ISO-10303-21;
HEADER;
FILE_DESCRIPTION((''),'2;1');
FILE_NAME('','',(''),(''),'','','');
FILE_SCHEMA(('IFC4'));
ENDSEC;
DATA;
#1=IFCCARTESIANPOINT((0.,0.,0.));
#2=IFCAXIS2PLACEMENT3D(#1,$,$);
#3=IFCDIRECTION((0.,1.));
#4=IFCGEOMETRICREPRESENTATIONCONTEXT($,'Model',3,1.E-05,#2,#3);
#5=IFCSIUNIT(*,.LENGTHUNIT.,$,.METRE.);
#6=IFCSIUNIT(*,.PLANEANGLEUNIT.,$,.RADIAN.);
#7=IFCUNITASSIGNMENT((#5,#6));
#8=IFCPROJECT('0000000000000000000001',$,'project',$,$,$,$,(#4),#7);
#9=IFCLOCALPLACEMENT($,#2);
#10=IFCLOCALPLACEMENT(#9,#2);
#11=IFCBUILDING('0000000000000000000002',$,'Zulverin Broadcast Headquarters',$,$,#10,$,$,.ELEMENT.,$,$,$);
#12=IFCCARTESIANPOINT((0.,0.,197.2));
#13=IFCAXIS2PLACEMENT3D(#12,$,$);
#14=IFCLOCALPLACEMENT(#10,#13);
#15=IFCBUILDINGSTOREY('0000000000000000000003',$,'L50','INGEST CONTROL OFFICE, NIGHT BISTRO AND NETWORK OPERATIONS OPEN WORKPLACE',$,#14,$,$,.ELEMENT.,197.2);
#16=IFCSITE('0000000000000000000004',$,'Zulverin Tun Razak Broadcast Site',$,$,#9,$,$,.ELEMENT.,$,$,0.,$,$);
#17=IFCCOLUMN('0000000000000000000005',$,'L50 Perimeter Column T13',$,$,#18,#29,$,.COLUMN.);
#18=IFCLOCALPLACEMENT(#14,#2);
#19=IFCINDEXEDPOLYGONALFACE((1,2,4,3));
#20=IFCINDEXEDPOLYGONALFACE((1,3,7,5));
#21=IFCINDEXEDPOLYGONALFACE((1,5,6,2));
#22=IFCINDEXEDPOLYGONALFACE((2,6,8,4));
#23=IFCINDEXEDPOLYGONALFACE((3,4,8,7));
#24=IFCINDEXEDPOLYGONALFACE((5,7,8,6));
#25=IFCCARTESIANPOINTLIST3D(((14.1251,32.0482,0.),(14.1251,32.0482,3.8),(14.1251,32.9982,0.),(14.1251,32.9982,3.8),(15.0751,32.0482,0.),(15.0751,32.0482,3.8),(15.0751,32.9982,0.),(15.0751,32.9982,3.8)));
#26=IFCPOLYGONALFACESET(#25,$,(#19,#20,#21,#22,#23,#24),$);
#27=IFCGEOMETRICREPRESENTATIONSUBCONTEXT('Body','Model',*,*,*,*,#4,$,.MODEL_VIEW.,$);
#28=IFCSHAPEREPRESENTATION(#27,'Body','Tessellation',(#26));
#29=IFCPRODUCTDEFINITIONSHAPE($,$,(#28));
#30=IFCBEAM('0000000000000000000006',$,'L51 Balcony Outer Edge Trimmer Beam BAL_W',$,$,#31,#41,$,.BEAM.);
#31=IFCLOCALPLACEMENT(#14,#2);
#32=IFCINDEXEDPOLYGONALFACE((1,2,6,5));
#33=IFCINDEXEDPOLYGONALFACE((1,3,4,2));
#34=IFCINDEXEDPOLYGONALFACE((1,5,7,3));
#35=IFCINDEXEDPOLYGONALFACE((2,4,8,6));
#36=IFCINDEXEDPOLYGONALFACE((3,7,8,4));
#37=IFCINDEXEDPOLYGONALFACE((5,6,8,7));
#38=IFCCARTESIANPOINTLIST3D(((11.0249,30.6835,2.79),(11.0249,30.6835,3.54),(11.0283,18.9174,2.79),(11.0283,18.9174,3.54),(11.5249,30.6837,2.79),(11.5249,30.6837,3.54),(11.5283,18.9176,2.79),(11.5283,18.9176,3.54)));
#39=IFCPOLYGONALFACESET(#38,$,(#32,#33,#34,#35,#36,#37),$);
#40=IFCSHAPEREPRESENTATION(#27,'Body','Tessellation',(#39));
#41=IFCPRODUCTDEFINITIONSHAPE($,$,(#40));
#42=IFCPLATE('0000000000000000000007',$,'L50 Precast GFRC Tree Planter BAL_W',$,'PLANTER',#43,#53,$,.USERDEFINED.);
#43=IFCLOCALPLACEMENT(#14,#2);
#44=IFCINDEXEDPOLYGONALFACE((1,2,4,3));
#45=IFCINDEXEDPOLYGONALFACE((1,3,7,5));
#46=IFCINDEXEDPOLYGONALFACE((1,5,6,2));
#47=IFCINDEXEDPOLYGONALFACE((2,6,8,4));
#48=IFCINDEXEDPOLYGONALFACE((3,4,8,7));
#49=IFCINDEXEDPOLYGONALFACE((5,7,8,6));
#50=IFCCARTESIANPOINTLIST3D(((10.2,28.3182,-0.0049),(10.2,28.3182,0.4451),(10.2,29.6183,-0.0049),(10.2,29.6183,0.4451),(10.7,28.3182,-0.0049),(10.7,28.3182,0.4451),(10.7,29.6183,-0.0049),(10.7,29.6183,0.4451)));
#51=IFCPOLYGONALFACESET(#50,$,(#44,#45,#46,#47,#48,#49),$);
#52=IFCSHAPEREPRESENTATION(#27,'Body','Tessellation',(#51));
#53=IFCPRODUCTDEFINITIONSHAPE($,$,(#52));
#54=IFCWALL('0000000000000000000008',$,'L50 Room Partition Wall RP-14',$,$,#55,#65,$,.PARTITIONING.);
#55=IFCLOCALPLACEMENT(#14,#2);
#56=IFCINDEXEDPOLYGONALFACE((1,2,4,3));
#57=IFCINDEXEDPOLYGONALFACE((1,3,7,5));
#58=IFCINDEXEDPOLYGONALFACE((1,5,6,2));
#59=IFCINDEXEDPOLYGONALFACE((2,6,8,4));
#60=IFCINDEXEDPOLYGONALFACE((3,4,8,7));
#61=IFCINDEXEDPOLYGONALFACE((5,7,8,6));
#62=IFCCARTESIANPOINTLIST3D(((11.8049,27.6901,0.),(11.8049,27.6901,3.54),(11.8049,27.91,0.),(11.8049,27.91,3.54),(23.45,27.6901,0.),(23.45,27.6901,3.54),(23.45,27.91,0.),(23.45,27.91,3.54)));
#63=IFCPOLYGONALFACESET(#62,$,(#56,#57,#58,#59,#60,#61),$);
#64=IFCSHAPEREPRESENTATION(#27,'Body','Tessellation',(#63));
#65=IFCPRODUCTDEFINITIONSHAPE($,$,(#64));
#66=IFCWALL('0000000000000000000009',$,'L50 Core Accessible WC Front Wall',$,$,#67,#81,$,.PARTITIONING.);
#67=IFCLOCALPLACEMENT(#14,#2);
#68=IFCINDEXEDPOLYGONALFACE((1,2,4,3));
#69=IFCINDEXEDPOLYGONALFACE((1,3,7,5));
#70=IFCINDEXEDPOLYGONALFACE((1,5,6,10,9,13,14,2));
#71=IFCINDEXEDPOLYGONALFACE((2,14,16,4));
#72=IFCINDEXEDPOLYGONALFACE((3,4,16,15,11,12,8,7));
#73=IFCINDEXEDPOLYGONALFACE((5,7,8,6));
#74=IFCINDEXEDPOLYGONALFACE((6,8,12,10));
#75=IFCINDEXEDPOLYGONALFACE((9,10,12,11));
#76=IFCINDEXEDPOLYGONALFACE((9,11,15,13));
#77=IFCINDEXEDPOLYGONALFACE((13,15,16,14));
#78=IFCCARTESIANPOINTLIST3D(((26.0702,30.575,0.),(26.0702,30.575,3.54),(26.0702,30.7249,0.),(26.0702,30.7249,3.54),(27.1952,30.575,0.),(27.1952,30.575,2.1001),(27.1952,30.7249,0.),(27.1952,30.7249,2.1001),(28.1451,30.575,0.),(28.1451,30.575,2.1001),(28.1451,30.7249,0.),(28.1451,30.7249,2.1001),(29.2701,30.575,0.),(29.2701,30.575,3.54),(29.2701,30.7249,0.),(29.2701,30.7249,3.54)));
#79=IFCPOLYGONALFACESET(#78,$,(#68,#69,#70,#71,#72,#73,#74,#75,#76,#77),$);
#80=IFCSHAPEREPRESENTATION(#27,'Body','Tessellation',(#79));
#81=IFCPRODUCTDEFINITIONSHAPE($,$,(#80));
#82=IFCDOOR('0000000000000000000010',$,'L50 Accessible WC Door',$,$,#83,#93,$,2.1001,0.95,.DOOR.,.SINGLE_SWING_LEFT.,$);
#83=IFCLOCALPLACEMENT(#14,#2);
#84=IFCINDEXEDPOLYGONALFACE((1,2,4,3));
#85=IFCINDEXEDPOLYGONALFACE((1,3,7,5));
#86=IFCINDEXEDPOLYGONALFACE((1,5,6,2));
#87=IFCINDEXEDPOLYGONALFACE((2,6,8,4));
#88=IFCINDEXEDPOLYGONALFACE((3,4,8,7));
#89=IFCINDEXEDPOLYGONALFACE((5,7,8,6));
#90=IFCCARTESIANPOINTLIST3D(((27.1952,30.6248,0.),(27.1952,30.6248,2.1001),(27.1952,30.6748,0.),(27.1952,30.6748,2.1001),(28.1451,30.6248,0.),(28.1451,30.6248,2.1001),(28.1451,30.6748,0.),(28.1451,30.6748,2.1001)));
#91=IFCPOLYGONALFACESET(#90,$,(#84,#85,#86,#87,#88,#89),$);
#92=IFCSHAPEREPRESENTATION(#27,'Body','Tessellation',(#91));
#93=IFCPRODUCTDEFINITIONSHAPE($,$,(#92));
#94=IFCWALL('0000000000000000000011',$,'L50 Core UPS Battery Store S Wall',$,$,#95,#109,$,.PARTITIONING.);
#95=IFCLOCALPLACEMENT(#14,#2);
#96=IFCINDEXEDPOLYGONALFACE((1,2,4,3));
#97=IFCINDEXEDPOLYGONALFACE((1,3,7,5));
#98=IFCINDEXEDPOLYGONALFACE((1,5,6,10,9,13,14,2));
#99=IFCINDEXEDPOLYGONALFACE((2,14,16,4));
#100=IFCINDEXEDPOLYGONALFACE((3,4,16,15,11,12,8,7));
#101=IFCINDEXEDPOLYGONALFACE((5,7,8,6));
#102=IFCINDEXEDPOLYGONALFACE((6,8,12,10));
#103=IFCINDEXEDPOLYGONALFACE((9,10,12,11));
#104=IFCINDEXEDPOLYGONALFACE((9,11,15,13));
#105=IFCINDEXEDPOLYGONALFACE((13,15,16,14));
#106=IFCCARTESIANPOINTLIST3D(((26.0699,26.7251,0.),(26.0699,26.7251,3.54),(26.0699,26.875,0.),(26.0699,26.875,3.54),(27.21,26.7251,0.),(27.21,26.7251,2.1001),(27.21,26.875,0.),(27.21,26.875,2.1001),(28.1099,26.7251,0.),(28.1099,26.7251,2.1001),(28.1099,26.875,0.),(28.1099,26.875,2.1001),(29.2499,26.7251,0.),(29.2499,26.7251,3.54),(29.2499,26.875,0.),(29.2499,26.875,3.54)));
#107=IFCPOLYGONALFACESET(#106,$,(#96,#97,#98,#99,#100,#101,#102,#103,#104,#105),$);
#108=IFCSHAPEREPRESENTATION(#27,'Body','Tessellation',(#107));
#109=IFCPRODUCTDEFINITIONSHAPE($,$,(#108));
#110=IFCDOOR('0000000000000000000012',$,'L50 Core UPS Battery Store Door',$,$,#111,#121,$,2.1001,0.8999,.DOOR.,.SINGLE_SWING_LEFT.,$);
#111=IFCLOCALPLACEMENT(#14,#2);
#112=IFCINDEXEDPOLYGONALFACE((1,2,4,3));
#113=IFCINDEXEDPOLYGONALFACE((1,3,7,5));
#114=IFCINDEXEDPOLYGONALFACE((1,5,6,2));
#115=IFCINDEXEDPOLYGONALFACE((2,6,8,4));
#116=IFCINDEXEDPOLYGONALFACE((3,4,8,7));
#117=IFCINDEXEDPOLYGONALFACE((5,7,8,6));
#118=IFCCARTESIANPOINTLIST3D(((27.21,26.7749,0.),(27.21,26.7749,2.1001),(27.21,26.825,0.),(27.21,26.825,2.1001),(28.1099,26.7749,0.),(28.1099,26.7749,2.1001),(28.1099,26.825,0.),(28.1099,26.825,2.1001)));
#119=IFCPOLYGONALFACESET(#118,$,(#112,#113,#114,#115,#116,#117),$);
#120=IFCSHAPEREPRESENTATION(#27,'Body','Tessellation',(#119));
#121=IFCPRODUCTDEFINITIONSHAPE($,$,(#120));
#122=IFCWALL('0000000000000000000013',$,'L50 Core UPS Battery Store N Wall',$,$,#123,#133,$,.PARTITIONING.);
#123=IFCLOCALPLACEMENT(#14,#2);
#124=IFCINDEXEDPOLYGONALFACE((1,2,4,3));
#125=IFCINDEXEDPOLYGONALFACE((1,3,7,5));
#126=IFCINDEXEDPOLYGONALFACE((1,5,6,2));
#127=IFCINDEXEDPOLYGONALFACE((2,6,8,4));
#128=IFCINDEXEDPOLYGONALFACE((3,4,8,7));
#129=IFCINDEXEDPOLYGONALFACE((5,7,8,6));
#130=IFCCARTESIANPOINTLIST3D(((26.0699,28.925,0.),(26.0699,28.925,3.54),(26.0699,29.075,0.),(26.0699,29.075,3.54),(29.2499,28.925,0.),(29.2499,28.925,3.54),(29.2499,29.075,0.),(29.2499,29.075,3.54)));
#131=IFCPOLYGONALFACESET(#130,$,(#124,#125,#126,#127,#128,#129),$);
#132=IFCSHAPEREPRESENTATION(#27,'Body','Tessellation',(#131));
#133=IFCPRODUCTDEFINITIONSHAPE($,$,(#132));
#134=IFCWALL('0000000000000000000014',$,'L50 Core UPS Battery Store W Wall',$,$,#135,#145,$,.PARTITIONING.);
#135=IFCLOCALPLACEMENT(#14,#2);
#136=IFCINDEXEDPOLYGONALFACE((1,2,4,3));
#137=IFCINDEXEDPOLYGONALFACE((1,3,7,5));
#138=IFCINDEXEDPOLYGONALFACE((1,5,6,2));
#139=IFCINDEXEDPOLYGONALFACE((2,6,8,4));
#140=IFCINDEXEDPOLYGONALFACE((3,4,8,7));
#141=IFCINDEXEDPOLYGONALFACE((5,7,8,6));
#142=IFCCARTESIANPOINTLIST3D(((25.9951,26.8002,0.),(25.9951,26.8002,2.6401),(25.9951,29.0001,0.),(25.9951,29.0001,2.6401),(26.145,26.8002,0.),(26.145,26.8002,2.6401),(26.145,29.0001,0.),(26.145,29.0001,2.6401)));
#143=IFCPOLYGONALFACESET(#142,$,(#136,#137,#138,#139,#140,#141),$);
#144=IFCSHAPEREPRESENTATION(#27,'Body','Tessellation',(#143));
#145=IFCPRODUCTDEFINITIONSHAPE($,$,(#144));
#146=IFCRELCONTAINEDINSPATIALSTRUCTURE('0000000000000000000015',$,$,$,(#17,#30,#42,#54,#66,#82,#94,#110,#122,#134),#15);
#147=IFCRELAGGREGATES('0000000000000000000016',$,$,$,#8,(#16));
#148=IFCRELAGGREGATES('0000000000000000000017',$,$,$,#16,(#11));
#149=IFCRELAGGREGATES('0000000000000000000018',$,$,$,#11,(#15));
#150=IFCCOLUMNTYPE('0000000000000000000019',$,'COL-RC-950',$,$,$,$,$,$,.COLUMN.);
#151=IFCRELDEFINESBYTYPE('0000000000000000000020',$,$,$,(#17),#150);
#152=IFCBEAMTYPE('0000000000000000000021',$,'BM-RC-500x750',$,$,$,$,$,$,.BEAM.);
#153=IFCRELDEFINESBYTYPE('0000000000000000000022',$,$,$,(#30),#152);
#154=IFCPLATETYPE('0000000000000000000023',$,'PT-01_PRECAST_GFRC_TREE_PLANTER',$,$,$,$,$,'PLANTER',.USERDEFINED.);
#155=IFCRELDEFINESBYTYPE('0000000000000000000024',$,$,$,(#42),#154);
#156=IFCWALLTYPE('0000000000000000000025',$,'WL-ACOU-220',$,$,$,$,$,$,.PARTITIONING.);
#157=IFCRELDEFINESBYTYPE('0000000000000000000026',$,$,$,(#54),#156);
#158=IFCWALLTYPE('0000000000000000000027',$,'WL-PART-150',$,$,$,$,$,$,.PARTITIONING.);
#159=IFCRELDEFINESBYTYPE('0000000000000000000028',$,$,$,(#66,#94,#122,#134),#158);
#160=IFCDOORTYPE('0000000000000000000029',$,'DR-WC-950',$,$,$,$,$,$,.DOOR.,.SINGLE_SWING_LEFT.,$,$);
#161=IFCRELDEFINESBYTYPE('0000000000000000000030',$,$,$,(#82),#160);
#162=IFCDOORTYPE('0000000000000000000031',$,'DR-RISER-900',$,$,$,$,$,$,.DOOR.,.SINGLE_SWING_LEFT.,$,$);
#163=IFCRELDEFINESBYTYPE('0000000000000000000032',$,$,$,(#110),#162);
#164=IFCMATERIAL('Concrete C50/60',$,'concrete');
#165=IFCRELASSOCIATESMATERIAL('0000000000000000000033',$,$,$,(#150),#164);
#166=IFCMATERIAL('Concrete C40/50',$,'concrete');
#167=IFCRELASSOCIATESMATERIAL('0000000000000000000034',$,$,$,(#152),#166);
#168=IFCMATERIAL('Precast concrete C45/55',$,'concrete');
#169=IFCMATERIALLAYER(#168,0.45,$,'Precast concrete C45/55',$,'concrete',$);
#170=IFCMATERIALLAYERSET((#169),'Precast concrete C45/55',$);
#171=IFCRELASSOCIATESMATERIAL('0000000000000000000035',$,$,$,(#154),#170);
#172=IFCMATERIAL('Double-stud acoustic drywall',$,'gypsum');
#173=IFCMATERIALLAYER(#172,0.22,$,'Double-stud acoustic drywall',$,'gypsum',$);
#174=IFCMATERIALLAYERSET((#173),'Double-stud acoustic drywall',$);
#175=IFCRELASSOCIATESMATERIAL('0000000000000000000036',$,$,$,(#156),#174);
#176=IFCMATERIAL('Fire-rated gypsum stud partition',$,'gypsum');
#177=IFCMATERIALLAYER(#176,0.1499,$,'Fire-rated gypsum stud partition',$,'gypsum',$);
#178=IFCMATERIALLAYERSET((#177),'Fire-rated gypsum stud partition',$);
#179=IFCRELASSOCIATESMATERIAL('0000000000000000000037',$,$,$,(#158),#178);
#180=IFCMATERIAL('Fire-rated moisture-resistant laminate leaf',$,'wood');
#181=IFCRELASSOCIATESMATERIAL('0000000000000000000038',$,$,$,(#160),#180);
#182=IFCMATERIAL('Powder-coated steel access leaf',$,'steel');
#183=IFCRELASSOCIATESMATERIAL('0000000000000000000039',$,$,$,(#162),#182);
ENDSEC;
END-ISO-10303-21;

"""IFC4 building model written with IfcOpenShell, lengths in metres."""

from ifc_helpers import new_model, si_unit, direction, frame, frame_2d, origin, origin_2d, place, context, subcontext, project, spatial, rectangle, extrude, material, layer, layer_set, material_profile, profile_set, type_object, element, fill, save


model = new_model("IFC4")

# Units and contexts
model_context = context("Model", 3, precision=1e-05, world=origin(), true_north=direction((0.0, 1.0)))
body_context = subcontext(model_context, "Body", "Model", "MODEL_VIEW")
ifc_project = project(units=[si_unit("LENGTHUNIT", "METRE"), si_unit("PLANEANGLEUNIT", "RADIAN")], contexts=[model_context])

# Site, building, storey
site_placement = place(None, origin())
site = spatial("IfcSite", under=ifc_project, at=site_placement, Name="Zulverin Tun Razak Broadcast Site", CompositionType="ELEMENT", RefElevation=0.0)
building_placement = place(site_placement, origin())
building = spatial("IfcBuilding", under=site, at=building_placement, Name="Zulverin Broadcast Headquarters", CompositionType="ELEMENT")
storey_placement = place(building_placement, frame((0.0, 0.0, 197.2)))
storey = spatial("IfcBuildingStorey", under=building, at=storey_placement, Name="L50", Description="INGEST CONTROL OFFICE, NIGHT BISTRO AND NETWORK OPERATIONS OPEN WORKPLACE", CompositionType="ELEMENT", Elevation=197.2)

# Column
ifc_material_1 = material(Name="Concrete C50/60", Category="concrete")
ifc_material_profile_1 = material_profile(ifc_material_1, rectangle(XDim=0.95, YDim=0.95, at=origin_2d()), Name="Concrete C50/60", Category="concrete")
ifc_profile_set_1 = profile_set([ifc_material_profile_1], Name="Concrete C50/60")
column_type = type_object("IfcColumnType", Name="COL-RC-950", PredefinedType="COLUMN", material=ifc_profile_set_1)
column_placement = place(storey_placement, frame((14.6001, 32.5232, 0.0), z_axis=(0.0, 0.0, 1.0), x_axis=(1.0, 0.0, 0.0)))
element("IfcColumn", 1, at=column_placement, inside=storey, type_object=column_type, Name="L50 Perimeter Column T13", PredefinedType="COLUMN", context=body_context, shape_type="SweptSolid", body=[
    extrude(rectangle(XDim=0.95, YDim=0.95, at=origin_2d()), origin(), (0.0, 0.0, 1.0), 3.8),
])

# Beam
ifc_material_2 = material(Name="Concrete C40/50", Category="concrete")
ifc_material_profile_2 = material_profile(ifc_material_2, rectangle(XDim=0.5, YDim=0.75, at=origin_2d()), Name="Concrete C40/50", Category="concrete")
ifc_profile_set_2 = profile_set([ifc_material_profile_2], Name="Concrete C40/50")
beam_type = type_object("IfcBeamType", Name="BM-RC-500x750", PredefinedType="BEAM", material=ifc_profile_set_2)
beam_placement = place(storey_placement, frame((11.2749, 30.6836, 3.165), z_axis=(0.00029, -1.0, 0.0), x_axis=(1.0, 0.00029, 0.0)))
element("IfcBeam", 2, at=beam_placement, inside=storey, type_object=beam_type, Name="L51 Balcony Outer Edge Trimmer Beam BAL_W", PredefinedType="BEAM", context=body_context, shape_type="SweptSolid", body=[
    extrude(rectangle(XDim=0.5, YDim=0.75, at=origin_2d()), origin(), (0.0, 0.0, 1.0), 11.7661),
])

# Plate
ifc_material_3 = material(Name="Precast concrete C45/55", Category="concrete")
ifc_layer_1 = layer(ifc_material_3, 0.45, Name="Precast concrete C45/55", Category="concrete")
ifc_layer_set_1 = layer_set([ifc_layer_1], Name="Precast concrete C45/55")
plate_type = type_object("IfcPlateType", Name="PT-01_PRECAST_GFRC_TREE_PLANTER", ElementType="PLANTER", PredefinedType="USERDEFINED", material=ifc_layer_set_1)
plate_placement = place(storey_placement, frame((10.45, 28.9683, -0.0049), z_axis=(0.0, 0.0, 1.0), x_axis=(0.0, 1.0, 0.0)))
element("IfcPlate", 3, at=plate_placement, inside=storey, type_object=plate_type, Name="L50 Precast GFRC Tree Planter BAL_W", ObjectType="PLANTER", PredefinedType="USERDEFINED", context=body_context, shape_type="SweptSolid", body=[
    extrude(rectangle(XDim=1.3, YDim=0.5, at=origin_2d()), origin(), (0.0, 0.0, 1.0), 0.45),
])

# Wall
ifc_material_4 = material(Name="Double-stud acoustic drywall", Category="gypsum")
ifc_layer_2 = layer(ifc_material_4, 0.22, Name="Double-stud acoustic drywall", Category="gypsum")
ifc_layer_set_2 = layer_set([ifc_layer_2], Name="Double-stud acoustic drywall")
wall_type_1 = type_object("IfcWallType", Name="WL-ACOU-220", PredefinedType="PARTITIONING", material=ifc_layer_set_2)
wall_1_placement = place(storey_placement, frame((11.8049, 27.8, 0.0), z_axis=(0.0, 0.0, 1.0), x_axis=(1.0, 0.0, 0.0)))
element("IfcWall", 4, at=wall_1_placement, inside=storey, type_object=wall_type_1, Name="L50 Room Partition Wall RP-14", PredefinedType="PARTITIONING", context=body_context, shape_type="SweptSolid", body=[
    extrude(rectangle(XDim=11.645, YDim=0.22, at=frame_2d((5.8225, 0.0))), origin(), (0.0, 0.0, 1.0), 3.54),
])

# Walls, openings, doors
ifc_material_5 = material(Name="Fire-rated gypsum stud partition", Category="gypsum")
ifc_layer_3 = layer(ifc_material_5, 0.1499, Name="Fire-rated gypsum stud partition", Category="gypsum")
ifc_layer_set_3 = layer_set([ifc_layer_3], Name="Fire-rated gypsum stud partition")
wall_type_2 = type_object("IfcWallType", Name="WL-PART-150", PredefinedType="PARTITIONING", material=ifc_layer_set_3)
wall_2_placement = place(storey_placement, frame((26.0701, 30.6499, 0.0), z_axis=(0.0, 0.0, 1.0), x_axis=(1.0, 0.0, 0.0)))
wall_2 = element("IfcWall", 5, at=wall_2_placement, inside=storey, type_object=wall_type_2, Name="L50 Core Accessible WC Front Wall", PredefinedType="PARTITIONING", context=body_context, shape_type="SweptSolid", body=[
    extrude(rectangle(XDim=3.2, YDim=0.1499, at=frame_2d((1.6001, 0.0))), origin(), (0.0, 0.0, 1.0), 3.54),
])
opening_1_placement = place(wall_2_placement, frame((1.125, 0.0, 0.0)))
opening_1 = element("IfcOpeningElement", 6, at=opening_1_placement, cuts=wall_2, PredefinedType="OPENING", context=body_context, shape_type="SweptSolid", body=[
    extrude(rectangle(XDim=0.95, YDim=2.1001, at=frame_2d((0.4751, 1.05))), frame((0.0, 0.085, 0.0), z_axis=(0.0, -1.0, 0.0), x_axis=(1.0, 0.0, 0.0)), (0.0, 0.0, 1.0), 0.1699),
])
ifc_material_6 = material(Name="Fire-rated moisture-resistant laminate leaf", Category="wood")
door_type_1 = type_object("IfcDoorType", Name="DR-WC-950", OperationType="SINGLE_SWING_LEFT", PredefinedType="DOOR", material=ifc_material_6)
door_1_placement = place(opening_1_placement, origin())
door_1 = element("IfcDoor", 7, at=door_1_placement, inside=storey, type_object=door_type_1, Name="L50 Accessible WC Door", OperationType="SINGLE_SWING_LEFT", OverallHeight=2.1001, OverallWidth=0.95, PredefinedType="DOOR", context=body_context, shape_type="SweptSolid", body=[
    extrude(rectangle(XDim=0.95, YDim=2.1001, at=frame_2d((0.4751, 1.05))), frame((0.0, 0.0249, 0.0), z_axis=(0.0, -1.0, 0.0), x_axis=(1.0, 0.0, 0.0)), (0.0, 0.0, 1.0), 0.05),
])
fill(opening_1, door_1)
wall_3_placement = place(storey_placement, frame((26.0701, 26.8, 0.0), z_axis=(0.0, 0.0, 1.0), x_axis=(1.0, 0.0, 0.0)))
wall_3 = element("IfcWall", 8, at=wall_3_placement, inside=storey, type_object=wall_type_2, Name="L50 Core UPS Battery Store S Wall", PredefinedType="PARTITIONING", context=body_context, shape_type="SweptSolid", body=[
    extrude(rectangle(XDim=3.1799, YDim=0.1499, at=frame_2d((1.5898, 0.0))), origin(), (0.0, 0.0, 1.0), 3.54),
])
opening_2_placement = place(wall_3_placement, frame((1.1399, 0.0, 0.0)))
opening_2 = element("IfcOpeningElement", 9, at=opening_2_placement, cuts=wall_3, PredefinedType="OPENING", context=body_context, shape_type="SweptSolid", body=[
    extrude(rectangle(XDim=0.8999, YDim=2.1001, at=frame_2d((0.45, 1.05))), frame((0.0, 0.085, 0.0), z_axis=(0.0, -1.0, 0.0), x_axis=(1.0, 0.0, 0.0)), (0.0, 0.0, 1.0), 0.1699),
])
ifc_material_7 = material(Name="Powder-coated steel access leaf", Category="steel")
door_type_2 = type_object("IfcDoorType", Name="DR-RISER-900", OperationType="SINGLE_SWING_LEFT", PredefinedType="DOOR", material=ifc_material_7)
door_2_placement = place(opening_2_placement, origin())
door_2 = element("IfcDoor", 10, at=door_2_placement, inside=storey, type_object=door_type_2, Name="L50 Core UPS Battery Store Door", OperationType="SINGLE_SWING_LEFT", OverallHeight=2.1001, OverallWidth=0.8999, PredefinedType="DOOR", context=body_context, shape_type="SweptSolid", body=[
    extrude(rectangle(XDim=0.8999, YDim=2.1001, at=frame_2d((0.45, 1.05))), frame((0.0, 0.0249, 0.0), z_axis=(0.0, -1.0, 0.0), x_axis=(1.0, 0.0, 0.0)), (0.0, 0.0, 1.0), 0.05),
])
fill(opening_2, door_2)

# Walls
wall_4_placement = place(storey_placement, frame((26.0701, 29.0, 0.0), z_axis=(0.0, 0.0, 1.0), x_axis=(1.0, 0.0, 0.0)))
element("IfcWall", 11, at=wall_4_placement, inside=storey, type_object=wall_type_2, Name="L50 Core UPS Battery Store N Wall", PredefinedType="PARTITIONING", context=body_context, shape_type="SweptSolid", body=[
    extrude(rectangle(XDim=3.1799, YDim=0.1499, at=frame_2d((1.5898, 0.0))), origin(), (0.0, 0.0, 1.0), 3.54),
])
wall_5_placement = place(storey_placement, frame((26.0701, 26.8, 0.0), z_axis=(0.0, 0.0, 1.0), x_axis=(0.0, 1.0, 0.0)))
element("IfcWall", 12, at=wall_5_placement, inside=storey, type_object=wall_type_2, Name="L50 Core UPS Battery Store W Wall", PredefinedType="PARTITIONING", context=body_context, shape_type="SweptSolid", body=[
    extrude(rectangle(XDim=2.2, YDim=0.1499, at=frame_2d((1.1001, 0.0))), origin(), (0.0, 0.0, 1.0), 2.6401),
])

save(model, "model.ifc")
